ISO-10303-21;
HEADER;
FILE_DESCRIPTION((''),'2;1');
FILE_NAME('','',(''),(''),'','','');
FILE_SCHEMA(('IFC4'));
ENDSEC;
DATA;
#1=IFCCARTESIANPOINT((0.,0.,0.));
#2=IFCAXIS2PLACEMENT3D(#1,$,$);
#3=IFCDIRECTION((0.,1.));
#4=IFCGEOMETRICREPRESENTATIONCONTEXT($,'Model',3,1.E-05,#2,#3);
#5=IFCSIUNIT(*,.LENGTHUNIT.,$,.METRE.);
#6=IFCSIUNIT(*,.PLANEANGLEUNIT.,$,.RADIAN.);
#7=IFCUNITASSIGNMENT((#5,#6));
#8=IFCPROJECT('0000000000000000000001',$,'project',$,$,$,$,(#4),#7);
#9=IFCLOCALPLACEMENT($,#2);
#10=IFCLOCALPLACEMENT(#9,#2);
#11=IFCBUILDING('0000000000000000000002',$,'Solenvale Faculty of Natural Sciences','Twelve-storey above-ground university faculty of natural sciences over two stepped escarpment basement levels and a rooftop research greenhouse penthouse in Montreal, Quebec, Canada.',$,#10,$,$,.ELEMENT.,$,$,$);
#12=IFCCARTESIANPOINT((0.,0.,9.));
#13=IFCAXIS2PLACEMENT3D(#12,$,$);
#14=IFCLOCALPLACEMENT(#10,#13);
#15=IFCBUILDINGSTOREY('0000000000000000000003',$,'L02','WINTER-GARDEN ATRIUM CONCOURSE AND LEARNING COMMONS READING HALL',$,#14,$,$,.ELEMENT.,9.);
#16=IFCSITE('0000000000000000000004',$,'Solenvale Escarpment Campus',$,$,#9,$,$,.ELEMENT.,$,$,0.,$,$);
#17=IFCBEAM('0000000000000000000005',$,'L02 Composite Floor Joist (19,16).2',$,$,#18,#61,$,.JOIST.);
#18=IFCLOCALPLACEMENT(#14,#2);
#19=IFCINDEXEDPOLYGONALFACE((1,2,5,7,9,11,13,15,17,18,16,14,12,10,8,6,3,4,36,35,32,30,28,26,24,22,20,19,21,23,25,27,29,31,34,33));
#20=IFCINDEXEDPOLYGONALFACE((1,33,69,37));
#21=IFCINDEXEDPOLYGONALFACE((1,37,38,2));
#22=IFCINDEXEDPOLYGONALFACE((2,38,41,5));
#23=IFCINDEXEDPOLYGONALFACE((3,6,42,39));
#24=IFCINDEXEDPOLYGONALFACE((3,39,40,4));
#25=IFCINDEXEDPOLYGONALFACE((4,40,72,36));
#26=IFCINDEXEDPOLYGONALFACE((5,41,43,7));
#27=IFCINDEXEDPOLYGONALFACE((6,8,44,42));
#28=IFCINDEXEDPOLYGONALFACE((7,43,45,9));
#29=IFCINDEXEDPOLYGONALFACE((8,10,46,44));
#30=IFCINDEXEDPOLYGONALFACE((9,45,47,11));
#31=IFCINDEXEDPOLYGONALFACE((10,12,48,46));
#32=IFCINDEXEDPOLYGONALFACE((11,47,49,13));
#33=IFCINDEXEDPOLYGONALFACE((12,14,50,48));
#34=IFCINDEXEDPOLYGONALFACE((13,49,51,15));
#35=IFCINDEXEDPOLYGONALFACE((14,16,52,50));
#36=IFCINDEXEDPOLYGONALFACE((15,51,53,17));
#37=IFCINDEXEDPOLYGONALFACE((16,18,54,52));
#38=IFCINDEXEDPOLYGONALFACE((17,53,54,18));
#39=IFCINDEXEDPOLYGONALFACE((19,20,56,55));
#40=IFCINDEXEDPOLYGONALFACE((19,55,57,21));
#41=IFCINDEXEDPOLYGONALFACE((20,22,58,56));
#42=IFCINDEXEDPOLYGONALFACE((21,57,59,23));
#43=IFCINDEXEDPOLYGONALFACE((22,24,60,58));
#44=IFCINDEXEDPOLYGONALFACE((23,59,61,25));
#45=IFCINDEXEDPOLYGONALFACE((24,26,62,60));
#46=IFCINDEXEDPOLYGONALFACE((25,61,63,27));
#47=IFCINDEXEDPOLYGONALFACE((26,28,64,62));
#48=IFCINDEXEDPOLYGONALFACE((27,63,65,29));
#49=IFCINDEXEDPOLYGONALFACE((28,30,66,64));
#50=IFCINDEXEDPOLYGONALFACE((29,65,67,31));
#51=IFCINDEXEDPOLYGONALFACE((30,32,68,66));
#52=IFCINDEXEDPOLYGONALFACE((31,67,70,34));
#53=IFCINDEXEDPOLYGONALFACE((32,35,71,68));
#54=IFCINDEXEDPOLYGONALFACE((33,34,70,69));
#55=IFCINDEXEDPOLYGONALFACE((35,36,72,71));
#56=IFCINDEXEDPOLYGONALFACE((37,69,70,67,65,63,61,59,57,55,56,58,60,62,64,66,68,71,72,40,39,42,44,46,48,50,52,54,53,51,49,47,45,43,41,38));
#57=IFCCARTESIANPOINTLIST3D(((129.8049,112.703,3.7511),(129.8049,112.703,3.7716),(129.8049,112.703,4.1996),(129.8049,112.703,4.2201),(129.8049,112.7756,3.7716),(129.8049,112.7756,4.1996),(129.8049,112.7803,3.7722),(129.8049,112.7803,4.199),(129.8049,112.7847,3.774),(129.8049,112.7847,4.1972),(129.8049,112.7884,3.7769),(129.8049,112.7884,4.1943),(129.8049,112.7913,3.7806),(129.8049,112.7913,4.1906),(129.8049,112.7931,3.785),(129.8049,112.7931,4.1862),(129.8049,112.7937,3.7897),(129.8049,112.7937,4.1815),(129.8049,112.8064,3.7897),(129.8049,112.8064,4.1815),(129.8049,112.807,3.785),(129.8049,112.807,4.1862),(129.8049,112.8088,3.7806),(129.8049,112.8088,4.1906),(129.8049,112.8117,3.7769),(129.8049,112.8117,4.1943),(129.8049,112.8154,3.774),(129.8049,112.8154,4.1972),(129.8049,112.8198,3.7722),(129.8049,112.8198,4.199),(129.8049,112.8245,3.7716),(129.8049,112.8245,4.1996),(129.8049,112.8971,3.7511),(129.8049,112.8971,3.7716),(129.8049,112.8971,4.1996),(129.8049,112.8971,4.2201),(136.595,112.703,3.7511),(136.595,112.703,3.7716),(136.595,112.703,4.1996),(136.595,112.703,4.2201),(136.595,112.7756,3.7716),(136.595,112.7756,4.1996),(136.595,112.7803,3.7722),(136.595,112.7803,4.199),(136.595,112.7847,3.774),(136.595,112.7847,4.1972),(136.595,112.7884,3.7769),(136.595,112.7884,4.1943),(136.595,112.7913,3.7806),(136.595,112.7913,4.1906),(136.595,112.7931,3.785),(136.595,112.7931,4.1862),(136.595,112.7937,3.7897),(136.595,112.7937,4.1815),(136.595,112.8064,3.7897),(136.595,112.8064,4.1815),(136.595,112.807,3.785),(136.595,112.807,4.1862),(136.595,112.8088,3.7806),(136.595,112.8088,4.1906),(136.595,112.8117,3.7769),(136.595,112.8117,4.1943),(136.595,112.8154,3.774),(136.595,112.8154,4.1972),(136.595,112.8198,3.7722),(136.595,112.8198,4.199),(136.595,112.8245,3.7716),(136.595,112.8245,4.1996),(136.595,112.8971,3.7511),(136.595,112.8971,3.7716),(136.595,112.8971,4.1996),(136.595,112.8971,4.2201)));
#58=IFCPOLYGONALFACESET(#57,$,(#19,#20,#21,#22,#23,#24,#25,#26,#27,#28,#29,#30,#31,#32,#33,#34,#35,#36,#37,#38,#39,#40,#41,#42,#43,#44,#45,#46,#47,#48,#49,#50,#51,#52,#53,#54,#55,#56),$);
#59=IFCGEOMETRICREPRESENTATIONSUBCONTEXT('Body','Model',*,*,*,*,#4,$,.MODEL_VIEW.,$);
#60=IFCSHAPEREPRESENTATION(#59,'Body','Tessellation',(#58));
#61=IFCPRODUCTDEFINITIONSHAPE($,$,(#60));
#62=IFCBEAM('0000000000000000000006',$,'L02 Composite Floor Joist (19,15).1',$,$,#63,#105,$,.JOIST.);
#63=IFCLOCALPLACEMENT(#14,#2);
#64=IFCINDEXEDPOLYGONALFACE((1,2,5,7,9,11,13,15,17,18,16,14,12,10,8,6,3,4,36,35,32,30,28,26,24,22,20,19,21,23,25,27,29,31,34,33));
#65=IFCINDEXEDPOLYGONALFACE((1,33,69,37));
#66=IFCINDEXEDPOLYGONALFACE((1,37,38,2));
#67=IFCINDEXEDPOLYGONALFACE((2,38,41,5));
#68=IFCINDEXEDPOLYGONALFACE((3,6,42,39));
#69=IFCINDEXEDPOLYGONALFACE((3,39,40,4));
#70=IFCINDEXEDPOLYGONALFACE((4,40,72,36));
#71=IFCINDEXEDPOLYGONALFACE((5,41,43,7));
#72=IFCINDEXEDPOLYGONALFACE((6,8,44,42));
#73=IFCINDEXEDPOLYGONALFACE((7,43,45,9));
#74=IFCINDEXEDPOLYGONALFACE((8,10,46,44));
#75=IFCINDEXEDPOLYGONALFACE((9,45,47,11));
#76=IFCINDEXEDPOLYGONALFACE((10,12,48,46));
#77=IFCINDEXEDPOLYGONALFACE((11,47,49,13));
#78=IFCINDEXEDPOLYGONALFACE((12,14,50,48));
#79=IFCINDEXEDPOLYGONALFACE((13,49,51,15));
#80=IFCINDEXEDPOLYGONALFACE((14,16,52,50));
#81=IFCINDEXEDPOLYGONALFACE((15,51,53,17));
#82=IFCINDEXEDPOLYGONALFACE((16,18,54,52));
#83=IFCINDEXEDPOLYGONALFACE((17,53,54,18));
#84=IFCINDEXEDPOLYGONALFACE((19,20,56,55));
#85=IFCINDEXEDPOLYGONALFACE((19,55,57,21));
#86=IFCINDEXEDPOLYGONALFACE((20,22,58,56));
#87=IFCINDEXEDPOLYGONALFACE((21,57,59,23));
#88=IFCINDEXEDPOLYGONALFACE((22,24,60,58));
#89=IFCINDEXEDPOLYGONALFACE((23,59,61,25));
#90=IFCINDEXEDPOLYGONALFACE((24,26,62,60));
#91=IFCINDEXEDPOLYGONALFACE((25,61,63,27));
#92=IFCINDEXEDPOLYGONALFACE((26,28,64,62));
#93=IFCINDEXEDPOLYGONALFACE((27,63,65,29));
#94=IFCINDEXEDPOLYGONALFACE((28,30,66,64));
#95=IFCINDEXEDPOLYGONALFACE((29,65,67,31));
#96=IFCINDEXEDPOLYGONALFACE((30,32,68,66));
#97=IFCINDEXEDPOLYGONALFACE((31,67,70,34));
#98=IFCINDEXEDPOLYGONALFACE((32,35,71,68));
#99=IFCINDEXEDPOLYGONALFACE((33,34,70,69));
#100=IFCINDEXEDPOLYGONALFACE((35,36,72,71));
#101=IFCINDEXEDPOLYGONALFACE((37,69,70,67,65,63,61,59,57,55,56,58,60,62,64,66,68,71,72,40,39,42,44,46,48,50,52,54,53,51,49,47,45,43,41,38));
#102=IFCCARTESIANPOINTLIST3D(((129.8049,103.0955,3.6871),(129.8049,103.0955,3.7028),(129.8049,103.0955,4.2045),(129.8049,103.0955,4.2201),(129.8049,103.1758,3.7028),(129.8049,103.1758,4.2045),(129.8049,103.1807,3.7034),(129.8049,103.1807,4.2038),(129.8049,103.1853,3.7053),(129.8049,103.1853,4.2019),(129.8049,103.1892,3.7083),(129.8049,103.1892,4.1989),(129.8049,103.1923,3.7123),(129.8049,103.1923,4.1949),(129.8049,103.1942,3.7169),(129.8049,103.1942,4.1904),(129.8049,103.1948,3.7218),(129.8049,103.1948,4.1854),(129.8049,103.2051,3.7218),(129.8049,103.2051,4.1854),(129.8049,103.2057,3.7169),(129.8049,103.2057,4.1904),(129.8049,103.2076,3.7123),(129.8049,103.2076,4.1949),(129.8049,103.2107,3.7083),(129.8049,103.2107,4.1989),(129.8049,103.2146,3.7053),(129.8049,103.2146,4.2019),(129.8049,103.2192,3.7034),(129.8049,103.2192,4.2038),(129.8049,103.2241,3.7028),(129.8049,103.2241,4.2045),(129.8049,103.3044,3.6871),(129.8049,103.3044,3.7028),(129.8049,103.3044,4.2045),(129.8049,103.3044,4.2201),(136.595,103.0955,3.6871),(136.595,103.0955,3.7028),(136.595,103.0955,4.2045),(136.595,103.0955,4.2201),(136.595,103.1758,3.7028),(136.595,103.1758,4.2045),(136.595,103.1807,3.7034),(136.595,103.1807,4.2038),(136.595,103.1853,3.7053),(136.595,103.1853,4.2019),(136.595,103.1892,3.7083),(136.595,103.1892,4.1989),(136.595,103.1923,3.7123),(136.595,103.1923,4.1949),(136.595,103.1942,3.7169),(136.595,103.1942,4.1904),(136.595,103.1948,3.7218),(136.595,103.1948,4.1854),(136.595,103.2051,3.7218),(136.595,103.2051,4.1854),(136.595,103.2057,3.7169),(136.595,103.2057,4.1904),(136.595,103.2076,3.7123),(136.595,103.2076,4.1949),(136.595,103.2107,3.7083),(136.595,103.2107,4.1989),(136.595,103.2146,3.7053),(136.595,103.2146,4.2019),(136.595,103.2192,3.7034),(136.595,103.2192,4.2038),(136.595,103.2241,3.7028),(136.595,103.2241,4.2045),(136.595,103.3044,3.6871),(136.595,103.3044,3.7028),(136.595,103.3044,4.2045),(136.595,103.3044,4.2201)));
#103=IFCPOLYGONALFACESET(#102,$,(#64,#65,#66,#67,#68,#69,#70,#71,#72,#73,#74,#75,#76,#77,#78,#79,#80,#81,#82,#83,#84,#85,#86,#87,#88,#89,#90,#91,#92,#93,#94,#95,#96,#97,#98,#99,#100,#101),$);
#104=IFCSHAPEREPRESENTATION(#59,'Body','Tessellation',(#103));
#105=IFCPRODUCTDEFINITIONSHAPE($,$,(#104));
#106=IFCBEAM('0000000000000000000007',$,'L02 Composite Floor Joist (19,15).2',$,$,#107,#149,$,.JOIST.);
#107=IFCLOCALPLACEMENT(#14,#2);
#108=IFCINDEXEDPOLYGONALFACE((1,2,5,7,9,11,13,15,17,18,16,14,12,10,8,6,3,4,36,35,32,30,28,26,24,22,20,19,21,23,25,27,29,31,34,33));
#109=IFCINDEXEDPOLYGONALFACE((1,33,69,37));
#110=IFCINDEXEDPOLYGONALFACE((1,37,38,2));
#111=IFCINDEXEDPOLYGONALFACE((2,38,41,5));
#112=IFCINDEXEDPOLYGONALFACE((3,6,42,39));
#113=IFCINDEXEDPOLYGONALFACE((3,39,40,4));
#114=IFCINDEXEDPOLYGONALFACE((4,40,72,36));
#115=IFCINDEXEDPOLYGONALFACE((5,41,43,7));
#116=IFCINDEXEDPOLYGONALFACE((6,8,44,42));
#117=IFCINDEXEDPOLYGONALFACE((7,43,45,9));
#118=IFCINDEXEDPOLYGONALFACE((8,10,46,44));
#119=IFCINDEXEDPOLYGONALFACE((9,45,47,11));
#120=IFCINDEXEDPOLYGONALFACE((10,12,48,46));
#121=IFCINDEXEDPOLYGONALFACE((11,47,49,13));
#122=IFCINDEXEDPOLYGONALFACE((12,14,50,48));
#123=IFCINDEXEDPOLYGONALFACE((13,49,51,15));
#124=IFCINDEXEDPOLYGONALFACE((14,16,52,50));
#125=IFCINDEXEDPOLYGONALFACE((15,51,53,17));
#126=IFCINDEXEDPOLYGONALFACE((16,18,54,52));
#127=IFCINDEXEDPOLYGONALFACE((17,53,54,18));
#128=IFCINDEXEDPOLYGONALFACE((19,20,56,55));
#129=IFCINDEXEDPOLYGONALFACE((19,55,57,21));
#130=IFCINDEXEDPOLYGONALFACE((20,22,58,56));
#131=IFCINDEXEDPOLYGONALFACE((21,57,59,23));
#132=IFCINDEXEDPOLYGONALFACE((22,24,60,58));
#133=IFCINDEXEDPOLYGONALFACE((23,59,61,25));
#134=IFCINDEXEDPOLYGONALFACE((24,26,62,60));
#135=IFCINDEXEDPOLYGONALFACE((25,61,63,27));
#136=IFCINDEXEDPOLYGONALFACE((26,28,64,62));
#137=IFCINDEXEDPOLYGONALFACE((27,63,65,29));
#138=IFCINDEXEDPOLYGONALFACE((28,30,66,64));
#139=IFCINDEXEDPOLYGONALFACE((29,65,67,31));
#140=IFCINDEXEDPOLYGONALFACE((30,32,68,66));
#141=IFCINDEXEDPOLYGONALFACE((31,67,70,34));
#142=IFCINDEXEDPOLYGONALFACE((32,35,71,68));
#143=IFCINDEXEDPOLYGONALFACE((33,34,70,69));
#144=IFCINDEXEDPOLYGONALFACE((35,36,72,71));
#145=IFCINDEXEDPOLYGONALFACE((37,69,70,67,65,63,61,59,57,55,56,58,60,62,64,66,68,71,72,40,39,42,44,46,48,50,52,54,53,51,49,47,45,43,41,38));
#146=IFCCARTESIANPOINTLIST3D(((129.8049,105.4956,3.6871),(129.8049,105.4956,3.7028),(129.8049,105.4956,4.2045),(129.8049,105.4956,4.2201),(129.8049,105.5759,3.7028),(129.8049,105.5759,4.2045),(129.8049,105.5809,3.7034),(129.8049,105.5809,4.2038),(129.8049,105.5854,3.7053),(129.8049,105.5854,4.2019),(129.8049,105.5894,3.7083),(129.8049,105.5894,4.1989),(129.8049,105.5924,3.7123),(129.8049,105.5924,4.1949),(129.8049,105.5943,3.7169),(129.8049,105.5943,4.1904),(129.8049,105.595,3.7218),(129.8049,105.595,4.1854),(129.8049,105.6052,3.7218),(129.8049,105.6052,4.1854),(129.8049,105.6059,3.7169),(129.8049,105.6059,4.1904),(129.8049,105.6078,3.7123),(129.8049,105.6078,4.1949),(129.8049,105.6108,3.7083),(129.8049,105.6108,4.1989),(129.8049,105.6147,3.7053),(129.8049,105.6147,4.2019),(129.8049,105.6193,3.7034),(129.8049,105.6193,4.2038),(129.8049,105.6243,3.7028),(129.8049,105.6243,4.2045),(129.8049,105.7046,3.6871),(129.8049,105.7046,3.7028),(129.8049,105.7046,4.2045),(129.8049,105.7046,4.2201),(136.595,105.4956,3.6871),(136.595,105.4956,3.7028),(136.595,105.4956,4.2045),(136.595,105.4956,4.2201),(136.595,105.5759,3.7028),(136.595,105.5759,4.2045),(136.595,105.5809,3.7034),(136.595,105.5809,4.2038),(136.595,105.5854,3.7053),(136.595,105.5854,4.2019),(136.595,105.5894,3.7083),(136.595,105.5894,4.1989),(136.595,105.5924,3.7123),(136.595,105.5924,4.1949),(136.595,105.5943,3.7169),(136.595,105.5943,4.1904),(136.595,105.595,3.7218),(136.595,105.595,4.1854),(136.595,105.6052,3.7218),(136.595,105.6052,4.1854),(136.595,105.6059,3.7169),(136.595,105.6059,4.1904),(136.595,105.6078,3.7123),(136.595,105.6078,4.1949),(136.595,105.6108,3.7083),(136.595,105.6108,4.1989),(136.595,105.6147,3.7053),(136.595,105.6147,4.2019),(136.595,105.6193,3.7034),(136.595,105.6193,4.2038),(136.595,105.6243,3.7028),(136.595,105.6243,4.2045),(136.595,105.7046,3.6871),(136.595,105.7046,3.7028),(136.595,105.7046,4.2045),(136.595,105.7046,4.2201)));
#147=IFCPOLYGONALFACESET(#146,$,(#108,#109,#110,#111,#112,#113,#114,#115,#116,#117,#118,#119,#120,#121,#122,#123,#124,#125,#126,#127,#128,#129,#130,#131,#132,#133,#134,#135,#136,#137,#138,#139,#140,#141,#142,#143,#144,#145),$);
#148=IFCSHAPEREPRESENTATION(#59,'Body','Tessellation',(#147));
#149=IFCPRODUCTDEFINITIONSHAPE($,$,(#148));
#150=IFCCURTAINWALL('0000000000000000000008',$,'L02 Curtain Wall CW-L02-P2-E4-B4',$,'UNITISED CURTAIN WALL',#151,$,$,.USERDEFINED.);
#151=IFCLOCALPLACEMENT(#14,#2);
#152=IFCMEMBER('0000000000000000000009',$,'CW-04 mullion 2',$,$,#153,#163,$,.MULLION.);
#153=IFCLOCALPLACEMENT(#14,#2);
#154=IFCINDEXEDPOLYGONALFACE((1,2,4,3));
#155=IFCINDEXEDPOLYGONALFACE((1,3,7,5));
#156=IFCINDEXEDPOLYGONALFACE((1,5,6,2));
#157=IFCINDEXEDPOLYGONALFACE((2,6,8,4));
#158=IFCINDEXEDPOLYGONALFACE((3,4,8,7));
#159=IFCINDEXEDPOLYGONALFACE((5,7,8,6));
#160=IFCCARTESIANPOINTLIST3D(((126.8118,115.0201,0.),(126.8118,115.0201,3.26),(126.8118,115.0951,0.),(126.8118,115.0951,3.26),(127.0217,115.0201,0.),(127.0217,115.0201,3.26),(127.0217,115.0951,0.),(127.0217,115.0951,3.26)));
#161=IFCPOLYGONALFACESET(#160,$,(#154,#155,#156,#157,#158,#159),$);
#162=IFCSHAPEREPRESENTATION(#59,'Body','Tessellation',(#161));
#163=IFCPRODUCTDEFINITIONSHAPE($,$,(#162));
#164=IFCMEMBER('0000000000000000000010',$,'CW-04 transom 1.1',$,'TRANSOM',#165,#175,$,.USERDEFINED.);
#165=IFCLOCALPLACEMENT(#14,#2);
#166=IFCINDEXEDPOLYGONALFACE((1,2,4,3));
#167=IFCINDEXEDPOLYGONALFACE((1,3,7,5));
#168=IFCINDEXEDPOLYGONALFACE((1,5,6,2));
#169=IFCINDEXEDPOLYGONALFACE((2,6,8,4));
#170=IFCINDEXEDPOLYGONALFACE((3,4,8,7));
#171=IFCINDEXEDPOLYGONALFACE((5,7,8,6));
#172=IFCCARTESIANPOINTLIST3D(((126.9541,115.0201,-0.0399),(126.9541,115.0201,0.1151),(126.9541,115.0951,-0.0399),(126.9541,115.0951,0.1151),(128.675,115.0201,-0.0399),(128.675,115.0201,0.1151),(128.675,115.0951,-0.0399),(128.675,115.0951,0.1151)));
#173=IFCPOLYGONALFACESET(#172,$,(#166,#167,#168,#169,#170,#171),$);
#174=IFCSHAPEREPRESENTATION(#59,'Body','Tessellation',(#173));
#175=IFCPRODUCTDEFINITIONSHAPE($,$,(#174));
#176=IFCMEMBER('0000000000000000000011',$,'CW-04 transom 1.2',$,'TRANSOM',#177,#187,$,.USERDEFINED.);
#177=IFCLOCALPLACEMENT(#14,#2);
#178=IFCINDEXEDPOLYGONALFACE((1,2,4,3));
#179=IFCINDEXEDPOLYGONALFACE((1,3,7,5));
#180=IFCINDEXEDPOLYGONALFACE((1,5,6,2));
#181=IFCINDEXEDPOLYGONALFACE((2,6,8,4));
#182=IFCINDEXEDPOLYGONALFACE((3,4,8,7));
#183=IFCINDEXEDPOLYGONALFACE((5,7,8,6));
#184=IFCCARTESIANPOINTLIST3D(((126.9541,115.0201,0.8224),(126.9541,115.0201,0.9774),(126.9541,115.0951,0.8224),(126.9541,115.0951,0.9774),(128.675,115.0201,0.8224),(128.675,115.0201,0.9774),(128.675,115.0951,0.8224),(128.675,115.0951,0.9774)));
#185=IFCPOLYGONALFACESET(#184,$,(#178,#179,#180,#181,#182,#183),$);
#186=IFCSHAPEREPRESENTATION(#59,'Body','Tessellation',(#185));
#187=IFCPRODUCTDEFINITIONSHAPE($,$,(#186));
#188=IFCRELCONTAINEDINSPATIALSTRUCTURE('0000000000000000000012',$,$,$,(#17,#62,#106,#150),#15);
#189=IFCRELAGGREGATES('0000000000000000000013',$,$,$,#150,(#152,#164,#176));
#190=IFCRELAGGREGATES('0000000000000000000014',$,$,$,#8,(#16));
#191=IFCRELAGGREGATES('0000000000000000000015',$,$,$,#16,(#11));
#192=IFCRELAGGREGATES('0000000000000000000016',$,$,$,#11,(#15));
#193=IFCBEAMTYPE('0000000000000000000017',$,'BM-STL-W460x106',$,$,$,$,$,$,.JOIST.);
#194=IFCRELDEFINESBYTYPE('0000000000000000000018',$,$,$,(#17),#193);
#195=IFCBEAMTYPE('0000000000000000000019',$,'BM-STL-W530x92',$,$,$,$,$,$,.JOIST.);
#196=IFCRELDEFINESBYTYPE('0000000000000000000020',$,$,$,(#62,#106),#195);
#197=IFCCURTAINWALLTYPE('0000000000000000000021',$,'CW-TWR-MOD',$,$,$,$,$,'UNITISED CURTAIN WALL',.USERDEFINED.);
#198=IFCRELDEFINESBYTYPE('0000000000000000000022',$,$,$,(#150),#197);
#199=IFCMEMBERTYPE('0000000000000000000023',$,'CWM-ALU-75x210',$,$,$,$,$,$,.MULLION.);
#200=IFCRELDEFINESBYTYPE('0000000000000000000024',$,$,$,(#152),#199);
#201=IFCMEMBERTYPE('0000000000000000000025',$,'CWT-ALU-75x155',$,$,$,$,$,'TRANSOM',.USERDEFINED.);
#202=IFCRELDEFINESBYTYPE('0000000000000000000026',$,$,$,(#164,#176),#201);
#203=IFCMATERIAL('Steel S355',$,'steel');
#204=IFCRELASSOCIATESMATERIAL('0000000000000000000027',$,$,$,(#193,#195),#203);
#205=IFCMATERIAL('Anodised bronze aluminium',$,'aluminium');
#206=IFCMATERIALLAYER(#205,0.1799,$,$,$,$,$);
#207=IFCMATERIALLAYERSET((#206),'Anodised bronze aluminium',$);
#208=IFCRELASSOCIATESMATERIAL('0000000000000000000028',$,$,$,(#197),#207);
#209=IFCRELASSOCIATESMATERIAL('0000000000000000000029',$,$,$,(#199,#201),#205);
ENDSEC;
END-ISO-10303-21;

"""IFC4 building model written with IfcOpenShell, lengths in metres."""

from ifc_helpers import new_model, si_unit, direction, frame, origin, origin_2d, place, context, subcontext, project, spatial, rectangle, i_section, extrude, material, layer, layer_set, material_profile, profile_set, type_object, element, aggregate, save


model = new_model("IFC4")

# Units and contexts
model_context = context("Model", 3, precision=1e-05, world=origin(), true_north=direction((0.0, 1.0)))
body_context = subcontext(model_context, "Body", "Model", "MODEL_VIEW")
ifc_project = project(units=[si_unit("LENGTHUNIT", "METRE"), si_unit("PLANEANGLEUNIT", "RADIAN")], contexts=[model_context])

# Site, building, storey
site_placement = place(None, origin())
site = spatial("IfcSite", under=ifc_project, at=site_placement, Name="Solenvale Escarpment Campus", CompositionType="ELEMENT", RefElevation=0.0)
building_placement = place(site_placement, origin())
building = spatial("IfcBuilding", under=site, at=building_placement, Name="Solenvale Faculty of Natural Sciences", Description="Twelve-storey above-ground university faculty of natural sciences over two stepped escarpment basement levels and a rooftop research greenhouse penthouse in Montreal, Quebec, Canada.", CompositionType="ELEMENT")
storey_placement = place(building_placement, frame((0.0, 0.0, 9.0)))
storey = spatial("IfcBuildingStorey", under=building, at=storey_placement, Name="L02", Description="WINTER-GARDEN ATRIUM CONCOURSE AND LEARNING COMMONS READING HALL", CompositionType="ELEMENT", Elevation=9.0)

# Beams
ifc_material_1 = material(Name="Steel S355", Category="steel")
ifc_material_profile_1 = material_profile(ifc_material_1, i_section(OverallWidth=0.1941, OverallDepth=0.469, WebThickness=0.0127, FlangeThickness=0.0205, FilletRadius=0.0181, at=origin_2d()), Name="W460x106")
ifc_profile_set_1 = profile_set([ifc_material_profile_1], Name="Steel S355")
beam_type_1 = type_object("IfcBeamType", Name="BM-STL-W460x106", PredefinedType="JOIST", material=ifc_profile_set_1)
for number, where, z_axis, x_axis, name in (
    (1, (129.8049, 112.8, 3.9856), (1.0, 0.0, 0.0), (0.0, 1.0, 0.0), "L02 Composite Floor Joist (19,16).2"),
):
    element("IfcBeam", number, at=place(storey_placement, frame(where, z_axis=z_axis, x_axis=x_axis)), inside=storey, type_object=beam_type_1, Name=name, PredefinedType="JOIST", context=body_context, shape_type="SweptSolid", body=[
        extrude(i_section(OverallWidth=0.1941, OverallDepth=0.469, WebThickness=0.0127, FlangeThickness=0.0205, FilletRadius=0.0181, at=origin_2d()), origin(), (0.0, 0.0, 1.0), 6.79),
    ])
ifc_material_profile_2 = material_profile(ifc_material_1, i_section(OverallWidth=0.209, OverallDepth=0.533, WebThickness=0.0103, FlangeThickness=0.0156, FilletRadius=0.019, at=origin_2d()), Name="W530x92")
ifc_profile_set_2 = profile_set([ifc_material_profile_2], Name="Steel S355")
beam_type_2 = type_object("IfcBeamType", Name="BM-STL-W530x92", PredefinedType="JOIST", material=ifc_profile_set_2)
for number, where, z_axis, x_axis, name in (
    (2, (129.8049, 103.2, 3.9536), (1.0, 0.0, 0.0), (0.0, 1.0, 0.0), "L02 Composite Floor Joist (19,15).1"),
    (3, (129.8049, 105.6001, 3.9536), (1.0, 0.0, 0.0), (0.0, 1.0, 0.0), "L02 Composite Floor Joist (19,15).2"),
):
    element("IfcBeam", number, at=place(storey_placement, frame(where, z_axis=z_axis, x_axis=x_axis)), inside=storey, type_object=beam_type_2, Name=name, PredefinedType="JOIST", context=body_context, shape_type="SweptSolid", body=[
        extrude(i_section(OverallWidth=0.209, OverallDepth=0.533, WebThickness=0.0103, FlangeThickness=0.0156, FilletRadius=0.019, at=origin_2d()), origin(), (0.0, 0.0, 1.0), 6.79),
    ])

# Curtain wall, members
ifc_material_2 = material(Name="Anodised bronze aluminium", Category="aluminium")
ifc_layer_1 = layer(ifc_material_2, 0.1799)
ifc_layer_set_1 = layer_set([ifc_layer_1], Name="Anodised bronze aluminium")
curtain_wall_type = type_object("IfcCurtainWallType", Name="CW-TWR-MOD", ElementType="UNITISED CURTAIN WALL", PredefinedType="USERDEFINED", material=ifc_layer_set_1)
curtain_wall_placement = place(storey_placement, origin())
curtain_wall = element("IfcCurtainWall", 4, at=curtain_wall_placement, inside=storey, type_object=curtain_wall_type, Name="L02 Curtain Wall CW-L02-P2-E4-B4", ObjectType="UNITISED CURTAIN WALL", PredefinedType="USERDEFINED")
ifc_material_profile_3 = material_profile(ifc_material_2, rectangle(XDim=0.075, YDim=0.21, at=origin_2d()), Name="ALU-MUL-75x210")
ifc_profile_set_3 = profile_set([ifc_material_profile_3], Name="Anodised bronze aluminium")
member_type_1 = type_object("IfcMemberType", Name="CWM-ALU-75x210", PredefinedType="MULLION", material=ifc_profile_set_3)
member_1_placement = place(storey_placement, frame((126.9167, 115.0576, 0.0), z_axis=(0.0, 0.0, 1.0), x_axis=(0.0, -1.0, 0.0)))
member_1 = element("IfcMember", 5, at=member_1_placement, type_object=member_type_1, Name="CW-04 mullion 2", PredefinedType="MULLION", context=body_context, shape_type="SweptSolid", body=[
    extrude(rectangle(XDim=0.075, YDim=0.21, at=origin_2d()), origin(), (0.0, 0.0, 1.0), 3.26),
])
ifc_material_profile_4 = material_profile(ifc_material_2, rectangle(XDim=0.075, YDim=0.155, at=origin_2d()), Name="ALU-TRN-75x155")
ifc_profile_set_4 = profile_set([ifc_material_profile_4], Name="Anodised bronze aluminium")
member_type_2 = type_object("IfcMemberType", Name="CWT-ALU-75x155", ElementType="TRANSOM", PredefinedType="USERDEFINED", material=ifc_profile_set_4)
member_2_placement = place(storey_placement, frame((128.675, 115.0576, 0.0376), z_axis=(-1.0, 0.0, 0.0), x_axis=(0.0, -1.0, 0.0)))
member_2 = element("IfcMember", 6, at=member_2_placement, type_object=member_type_2, Name="CW-04 transom 1.1", ObjectType="TRANSOM", PredefinedType="USERDEFINED", context=body_context, shape_type="SweptSolid", body=[
    extrude(rectangle(XDim=0.075, YDim=0.155, at=origin_2d()), origin(), (0.0, 0.0, 1.0), 1.7209),
])
member_3_placement = place(storey_placement, frame((128.675, 115.0576, 0.8999), z_axis=(-1.0, 0.0, 0.0), x_axis=(0.0, -1.0, 0.0)))
member_3 = element("IfcMember", 7, at=member_3_placement, type_object=member_type_2, Name="CW-04 transom 1.2", ObjectType="TRANSOM", PredefinedType="USERDEFINED", context=body_context, shape_type="SweptSolid", body=[
    extrude(rectangle(XDim=0.075, YDim=0.155, at=origin_2d()), origin(), (0.0, 0.0, 1.0), 1.7209),
])
aggregate(curtain_wall, [member_1, member_2, member_3])

save(model, "model.ifc")
